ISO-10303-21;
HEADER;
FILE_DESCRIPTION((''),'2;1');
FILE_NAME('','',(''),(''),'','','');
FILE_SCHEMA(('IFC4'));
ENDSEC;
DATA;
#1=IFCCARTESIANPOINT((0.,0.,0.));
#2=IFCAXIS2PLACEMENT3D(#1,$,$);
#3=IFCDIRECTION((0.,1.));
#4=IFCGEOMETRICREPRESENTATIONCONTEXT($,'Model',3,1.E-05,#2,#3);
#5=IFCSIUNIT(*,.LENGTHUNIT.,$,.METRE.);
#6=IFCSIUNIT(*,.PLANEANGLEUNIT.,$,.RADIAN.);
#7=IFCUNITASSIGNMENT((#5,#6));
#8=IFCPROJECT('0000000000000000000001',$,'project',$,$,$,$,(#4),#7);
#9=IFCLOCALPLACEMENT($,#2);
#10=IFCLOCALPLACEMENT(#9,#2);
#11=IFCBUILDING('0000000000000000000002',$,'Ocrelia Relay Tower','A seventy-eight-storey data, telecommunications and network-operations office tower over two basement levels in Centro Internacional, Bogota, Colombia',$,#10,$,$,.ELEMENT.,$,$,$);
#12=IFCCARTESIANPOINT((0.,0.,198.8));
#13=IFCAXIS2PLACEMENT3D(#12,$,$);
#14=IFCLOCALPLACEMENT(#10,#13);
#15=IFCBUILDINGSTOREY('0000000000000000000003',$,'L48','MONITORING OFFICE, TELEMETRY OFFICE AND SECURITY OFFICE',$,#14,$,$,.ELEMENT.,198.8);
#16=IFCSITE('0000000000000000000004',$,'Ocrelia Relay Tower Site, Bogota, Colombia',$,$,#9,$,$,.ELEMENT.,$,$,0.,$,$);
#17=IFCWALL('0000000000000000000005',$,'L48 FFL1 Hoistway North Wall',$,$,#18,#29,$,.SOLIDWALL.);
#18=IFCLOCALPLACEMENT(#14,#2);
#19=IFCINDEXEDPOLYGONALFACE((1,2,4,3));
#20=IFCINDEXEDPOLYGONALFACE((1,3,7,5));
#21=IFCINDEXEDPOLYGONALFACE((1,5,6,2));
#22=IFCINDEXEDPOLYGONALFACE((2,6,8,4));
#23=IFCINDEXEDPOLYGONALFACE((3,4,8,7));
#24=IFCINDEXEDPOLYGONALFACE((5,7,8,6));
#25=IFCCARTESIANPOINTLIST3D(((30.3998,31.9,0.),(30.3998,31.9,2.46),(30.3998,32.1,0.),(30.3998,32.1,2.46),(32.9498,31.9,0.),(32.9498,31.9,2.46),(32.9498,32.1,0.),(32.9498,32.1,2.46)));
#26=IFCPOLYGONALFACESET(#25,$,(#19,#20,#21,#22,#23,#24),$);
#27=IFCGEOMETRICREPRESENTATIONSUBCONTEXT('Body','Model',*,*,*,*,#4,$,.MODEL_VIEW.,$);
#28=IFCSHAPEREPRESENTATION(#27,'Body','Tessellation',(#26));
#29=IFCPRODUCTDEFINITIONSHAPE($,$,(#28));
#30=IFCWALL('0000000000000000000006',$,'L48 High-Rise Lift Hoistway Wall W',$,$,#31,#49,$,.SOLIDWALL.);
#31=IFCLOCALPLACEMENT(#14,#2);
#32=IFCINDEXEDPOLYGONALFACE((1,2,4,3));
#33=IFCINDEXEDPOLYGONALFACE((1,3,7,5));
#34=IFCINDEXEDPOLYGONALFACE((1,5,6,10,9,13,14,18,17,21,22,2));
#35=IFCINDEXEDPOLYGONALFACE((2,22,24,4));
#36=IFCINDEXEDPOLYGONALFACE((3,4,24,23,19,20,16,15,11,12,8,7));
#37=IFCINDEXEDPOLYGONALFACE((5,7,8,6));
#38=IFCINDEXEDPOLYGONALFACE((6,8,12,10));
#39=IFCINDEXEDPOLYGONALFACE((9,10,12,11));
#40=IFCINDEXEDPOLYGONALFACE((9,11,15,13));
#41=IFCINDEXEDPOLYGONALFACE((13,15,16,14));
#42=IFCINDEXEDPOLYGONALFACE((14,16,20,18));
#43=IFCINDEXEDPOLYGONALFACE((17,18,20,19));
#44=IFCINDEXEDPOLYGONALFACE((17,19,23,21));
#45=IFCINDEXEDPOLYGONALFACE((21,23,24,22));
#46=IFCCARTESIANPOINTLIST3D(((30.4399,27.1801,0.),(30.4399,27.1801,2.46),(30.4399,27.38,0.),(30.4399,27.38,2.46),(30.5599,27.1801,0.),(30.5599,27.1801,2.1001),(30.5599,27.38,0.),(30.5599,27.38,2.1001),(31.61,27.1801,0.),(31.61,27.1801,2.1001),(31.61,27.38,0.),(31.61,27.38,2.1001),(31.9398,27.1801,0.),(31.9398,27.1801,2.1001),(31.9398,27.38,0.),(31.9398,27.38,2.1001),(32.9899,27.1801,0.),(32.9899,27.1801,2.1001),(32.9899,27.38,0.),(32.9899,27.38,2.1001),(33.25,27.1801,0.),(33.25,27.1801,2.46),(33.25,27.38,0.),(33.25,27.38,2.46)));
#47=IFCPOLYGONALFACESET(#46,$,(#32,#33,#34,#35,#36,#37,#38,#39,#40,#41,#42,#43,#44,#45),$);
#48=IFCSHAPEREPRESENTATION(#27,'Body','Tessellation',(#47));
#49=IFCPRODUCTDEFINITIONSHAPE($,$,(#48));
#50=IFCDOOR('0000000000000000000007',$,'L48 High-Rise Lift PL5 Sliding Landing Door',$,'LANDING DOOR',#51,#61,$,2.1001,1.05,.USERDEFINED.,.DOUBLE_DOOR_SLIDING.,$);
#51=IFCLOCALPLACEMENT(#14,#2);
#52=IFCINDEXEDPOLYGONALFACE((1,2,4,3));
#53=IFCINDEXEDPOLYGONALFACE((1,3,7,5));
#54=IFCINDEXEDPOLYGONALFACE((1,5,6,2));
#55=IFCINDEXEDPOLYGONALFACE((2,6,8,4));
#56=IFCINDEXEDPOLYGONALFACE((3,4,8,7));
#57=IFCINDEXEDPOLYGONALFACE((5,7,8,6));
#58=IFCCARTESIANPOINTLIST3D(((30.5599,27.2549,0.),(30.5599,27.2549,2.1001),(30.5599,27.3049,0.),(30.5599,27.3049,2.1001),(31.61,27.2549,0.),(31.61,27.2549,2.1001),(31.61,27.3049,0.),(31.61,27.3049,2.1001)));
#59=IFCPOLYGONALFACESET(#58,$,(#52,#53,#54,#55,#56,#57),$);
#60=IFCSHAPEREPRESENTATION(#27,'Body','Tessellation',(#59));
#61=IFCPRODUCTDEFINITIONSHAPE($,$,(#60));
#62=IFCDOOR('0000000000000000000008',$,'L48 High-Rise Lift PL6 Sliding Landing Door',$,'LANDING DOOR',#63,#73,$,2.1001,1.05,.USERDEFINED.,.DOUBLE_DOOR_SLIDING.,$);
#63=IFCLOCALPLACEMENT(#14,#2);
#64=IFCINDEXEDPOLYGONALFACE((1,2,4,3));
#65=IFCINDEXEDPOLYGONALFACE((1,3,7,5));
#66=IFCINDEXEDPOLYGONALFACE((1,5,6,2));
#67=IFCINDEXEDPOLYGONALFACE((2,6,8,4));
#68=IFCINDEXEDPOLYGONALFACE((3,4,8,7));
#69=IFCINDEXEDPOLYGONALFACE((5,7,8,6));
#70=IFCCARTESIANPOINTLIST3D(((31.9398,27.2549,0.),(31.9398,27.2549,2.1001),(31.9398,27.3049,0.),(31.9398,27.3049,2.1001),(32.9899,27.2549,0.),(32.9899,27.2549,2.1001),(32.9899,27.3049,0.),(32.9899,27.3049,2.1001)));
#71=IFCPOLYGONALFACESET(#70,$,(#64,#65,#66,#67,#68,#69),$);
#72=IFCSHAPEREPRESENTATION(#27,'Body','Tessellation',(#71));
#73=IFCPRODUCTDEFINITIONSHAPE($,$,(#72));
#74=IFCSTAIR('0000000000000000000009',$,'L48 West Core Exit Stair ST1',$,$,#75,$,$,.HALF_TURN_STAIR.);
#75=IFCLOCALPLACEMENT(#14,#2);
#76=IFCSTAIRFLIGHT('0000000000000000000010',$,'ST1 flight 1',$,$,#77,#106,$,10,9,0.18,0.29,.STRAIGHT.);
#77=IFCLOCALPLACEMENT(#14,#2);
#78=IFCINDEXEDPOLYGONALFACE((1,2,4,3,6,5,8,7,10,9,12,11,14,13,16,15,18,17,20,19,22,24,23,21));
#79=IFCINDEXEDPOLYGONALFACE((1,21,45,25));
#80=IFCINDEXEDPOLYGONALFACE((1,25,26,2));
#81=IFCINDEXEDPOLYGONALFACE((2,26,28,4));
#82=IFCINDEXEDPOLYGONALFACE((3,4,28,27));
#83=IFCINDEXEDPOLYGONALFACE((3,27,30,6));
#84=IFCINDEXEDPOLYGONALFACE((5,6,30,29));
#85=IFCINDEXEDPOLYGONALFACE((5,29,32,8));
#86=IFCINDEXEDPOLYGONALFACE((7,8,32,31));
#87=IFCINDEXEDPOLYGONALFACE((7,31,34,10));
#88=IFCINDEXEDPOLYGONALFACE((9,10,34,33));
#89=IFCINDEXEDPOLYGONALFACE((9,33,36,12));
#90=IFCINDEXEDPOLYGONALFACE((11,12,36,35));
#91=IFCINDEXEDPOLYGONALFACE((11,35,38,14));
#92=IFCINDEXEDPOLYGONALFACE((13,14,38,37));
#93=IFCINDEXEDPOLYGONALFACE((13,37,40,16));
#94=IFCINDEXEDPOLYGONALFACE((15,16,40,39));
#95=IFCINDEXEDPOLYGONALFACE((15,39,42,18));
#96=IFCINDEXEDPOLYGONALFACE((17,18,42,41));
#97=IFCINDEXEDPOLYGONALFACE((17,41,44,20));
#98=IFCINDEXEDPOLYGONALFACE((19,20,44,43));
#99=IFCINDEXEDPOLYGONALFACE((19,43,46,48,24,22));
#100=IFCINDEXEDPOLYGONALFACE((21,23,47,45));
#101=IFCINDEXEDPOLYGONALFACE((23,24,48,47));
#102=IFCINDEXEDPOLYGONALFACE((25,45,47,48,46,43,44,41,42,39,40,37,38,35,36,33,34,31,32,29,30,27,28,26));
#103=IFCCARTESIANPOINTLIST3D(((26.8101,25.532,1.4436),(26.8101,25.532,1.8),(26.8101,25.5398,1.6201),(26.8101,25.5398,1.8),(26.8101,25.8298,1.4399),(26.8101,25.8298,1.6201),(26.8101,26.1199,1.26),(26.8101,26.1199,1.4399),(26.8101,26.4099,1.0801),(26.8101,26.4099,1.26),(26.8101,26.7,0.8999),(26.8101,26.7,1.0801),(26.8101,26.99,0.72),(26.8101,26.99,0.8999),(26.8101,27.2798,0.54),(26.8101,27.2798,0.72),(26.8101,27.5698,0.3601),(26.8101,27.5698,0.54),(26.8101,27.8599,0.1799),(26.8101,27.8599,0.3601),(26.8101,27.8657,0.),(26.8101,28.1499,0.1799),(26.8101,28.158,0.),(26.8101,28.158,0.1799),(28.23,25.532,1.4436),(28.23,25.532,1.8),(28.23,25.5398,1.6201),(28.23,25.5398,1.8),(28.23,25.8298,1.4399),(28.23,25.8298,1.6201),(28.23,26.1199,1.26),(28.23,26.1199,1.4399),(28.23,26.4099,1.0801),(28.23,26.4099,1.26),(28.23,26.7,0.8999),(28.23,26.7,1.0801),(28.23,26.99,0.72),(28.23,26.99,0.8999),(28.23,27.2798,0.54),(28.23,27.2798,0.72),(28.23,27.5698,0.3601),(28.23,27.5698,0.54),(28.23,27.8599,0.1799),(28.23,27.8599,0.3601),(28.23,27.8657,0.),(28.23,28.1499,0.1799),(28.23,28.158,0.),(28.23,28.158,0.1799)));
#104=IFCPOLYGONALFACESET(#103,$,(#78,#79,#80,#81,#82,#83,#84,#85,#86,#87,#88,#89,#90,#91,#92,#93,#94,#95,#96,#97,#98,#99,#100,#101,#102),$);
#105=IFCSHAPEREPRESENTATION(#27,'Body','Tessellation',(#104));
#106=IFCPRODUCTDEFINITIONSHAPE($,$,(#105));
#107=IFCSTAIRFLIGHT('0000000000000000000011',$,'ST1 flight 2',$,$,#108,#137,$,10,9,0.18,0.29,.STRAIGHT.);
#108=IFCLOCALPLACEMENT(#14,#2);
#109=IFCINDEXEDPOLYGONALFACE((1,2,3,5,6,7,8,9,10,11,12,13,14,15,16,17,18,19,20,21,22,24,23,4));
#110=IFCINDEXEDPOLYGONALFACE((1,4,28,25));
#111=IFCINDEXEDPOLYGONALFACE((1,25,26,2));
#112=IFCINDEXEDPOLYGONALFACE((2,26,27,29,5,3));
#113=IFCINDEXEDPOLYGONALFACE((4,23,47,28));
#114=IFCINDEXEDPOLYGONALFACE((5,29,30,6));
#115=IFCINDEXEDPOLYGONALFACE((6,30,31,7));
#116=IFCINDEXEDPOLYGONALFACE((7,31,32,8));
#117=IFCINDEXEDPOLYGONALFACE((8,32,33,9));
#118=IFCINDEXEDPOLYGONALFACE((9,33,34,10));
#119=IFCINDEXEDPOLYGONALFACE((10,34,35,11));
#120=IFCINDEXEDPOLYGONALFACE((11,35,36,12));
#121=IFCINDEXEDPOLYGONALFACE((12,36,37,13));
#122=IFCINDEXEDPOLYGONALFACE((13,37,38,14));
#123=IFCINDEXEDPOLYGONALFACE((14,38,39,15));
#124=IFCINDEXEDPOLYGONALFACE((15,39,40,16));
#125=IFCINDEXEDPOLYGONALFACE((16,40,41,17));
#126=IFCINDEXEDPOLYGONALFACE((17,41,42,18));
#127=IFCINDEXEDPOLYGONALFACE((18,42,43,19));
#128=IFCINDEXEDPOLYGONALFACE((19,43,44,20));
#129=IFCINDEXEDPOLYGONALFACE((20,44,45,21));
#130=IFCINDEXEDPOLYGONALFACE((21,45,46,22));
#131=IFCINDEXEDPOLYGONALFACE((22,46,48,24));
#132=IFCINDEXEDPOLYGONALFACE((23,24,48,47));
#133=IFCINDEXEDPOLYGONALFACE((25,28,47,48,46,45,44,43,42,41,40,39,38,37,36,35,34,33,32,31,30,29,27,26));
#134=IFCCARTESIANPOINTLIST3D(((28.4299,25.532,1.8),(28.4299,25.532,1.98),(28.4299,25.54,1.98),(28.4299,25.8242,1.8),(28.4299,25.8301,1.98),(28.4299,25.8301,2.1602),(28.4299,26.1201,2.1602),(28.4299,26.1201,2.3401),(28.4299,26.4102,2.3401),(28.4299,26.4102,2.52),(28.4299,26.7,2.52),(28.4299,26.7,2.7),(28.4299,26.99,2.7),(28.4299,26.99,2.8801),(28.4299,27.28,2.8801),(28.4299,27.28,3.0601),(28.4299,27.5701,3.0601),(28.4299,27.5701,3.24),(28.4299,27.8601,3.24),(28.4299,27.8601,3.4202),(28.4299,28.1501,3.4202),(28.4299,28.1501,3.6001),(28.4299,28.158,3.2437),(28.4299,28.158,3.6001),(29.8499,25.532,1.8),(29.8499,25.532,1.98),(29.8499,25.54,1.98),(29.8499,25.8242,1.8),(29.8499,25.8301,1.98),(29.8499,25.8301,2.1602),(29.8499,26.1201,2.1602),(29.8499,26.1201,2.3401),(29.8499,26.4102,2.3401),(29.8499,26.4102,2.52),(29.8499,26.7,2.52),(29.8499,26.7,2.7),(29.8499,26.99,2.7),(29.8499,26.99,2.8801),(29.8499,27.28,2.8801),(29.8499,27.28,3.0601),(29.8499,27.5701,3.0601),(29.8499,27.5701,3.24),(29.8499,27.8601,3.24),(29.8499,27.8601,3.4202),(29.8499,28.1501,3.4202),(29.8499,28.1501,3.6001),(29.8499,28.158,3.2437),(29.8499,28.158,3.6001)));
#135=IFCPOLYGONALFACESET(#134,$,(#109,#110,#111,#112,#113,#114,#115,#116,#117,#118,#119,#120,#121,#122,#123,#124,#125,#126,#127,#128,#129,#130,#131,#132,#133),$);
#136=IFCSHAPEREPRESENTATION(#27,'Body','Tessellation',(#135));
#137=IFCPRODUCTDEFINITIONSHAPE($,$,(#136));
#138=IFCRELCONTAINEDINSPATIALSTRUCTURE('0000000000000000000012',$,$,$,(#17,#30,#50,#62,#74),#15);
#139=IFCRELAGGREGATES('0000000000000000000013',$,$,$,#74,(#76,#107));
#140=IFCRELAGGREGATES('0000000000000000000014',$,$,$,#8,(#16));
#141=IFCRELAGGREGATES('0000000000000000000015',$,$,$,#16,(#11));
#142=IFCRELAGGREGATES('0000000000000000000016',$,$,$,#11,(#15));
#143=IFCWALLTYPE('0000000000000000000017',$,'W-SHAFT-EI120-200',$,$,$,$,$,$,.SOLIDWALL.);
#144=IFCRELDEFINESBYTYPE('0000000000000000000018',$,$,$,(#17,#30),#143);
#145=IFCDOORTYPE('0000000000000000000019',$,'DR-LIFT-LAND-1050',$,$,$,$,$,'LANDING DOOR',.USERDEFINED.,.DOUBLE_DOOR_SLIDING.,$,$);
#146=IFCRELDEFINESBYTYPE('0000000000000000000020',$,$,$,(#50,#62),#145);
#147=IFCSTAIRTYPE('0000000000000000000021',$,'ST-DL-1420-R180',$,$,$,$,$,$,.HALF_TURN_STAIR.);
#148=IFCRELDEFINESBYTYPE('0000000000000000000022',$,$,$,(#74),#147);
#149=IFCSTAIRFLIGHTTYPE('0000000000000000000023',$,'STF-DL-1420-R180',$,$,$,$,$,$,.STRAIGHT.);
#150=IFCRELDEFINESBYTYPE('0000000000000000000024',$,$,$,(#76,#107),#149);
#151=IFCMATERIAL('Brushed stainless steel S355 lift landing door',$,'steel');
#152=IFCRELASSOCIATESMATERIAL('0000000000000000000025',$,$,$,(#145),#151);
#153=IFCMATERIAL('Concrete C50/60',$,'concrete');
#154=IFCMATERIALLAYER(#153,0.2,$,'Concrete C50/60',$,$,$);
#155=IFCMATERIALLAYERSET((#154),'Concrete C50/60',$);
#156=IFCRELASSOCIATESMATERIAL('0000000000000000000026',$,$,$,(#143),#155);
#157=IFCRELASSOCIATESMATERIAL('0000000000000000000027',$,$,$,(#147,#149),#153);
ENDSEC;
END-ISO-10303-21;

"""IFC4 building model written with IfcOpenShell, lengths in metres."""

from ifc_helpers import new_model, si_unit, direction, frame, frame_2d, origin, place, context, subcontext, project, spatial, polyline, rectangle, outline, extrude, material, layer, layer_set, type_object, element, fill, aggregate, save


model = new_model("IFC4")

# Units and contexts
model_context = context("Model", 3, precision=1e-05, world=origin(), true_north=direction((0.0, 1.0)))
body_context = subcontext(model_context, "Body", "Model", "MODEL_VIEW")
ifc_project = project(units=[si_unit("LENGTHUNIT", "METRE"), si_unit("PLANEANGLEUNIT", "RADIAN")], contexts=[model_context])

# Site, building, storey
site_placement = place(None, origin())
site = spatial("IfcSite", under=ifc_project, at=site_placement, Name="Ocrelia Relay Tower Site, Bogota, Colombia", CompositionType="ELEMENT", RefElevation=0.0)
building_placement = place(site_placement, origin())
building = spatial("IfcBuilding", under=site, at=building_placement, Name="Ocrelia Relay Tower", Description="A seventy-eight-storey data, telecommunications and network-operations office tower over two basement levels in Centro Internacional, Bogota, Colombia", CompositionType="ELEMENT")
storey_placement = place(building_placement, frame((0.0, 0.0, 198.8)))
storey = spatial("IfcBuildingStorey", under=building, at=storey_placement, Name="L48", Description="MONITORING OFFICE, TELEMETRY OFFICE AND SECURITY OFFICE", CompositionType="ELEMENT", Elevation=198.8)

# Shared definitions
ifc_material_1 = material(Name="Concrete C50/60", Category="concrete")

# Shared definitions
ifc_material_2 = material(Name="Brushed stainless steel S355 lift landing door", Category="steel")
door_type_1 = type_object("IfcDoorType", Name="DR-LIFT-LAND-1050", ElementType="LANDING DOOR", OperationType="DOUBLE_DOOR_SLIDING", PredefinedType="USERDEFINED", material=ifc_material_2)

# Wall
ifc_layer_1 = layer(ifc_material_1, 0.2, Name="Concrete C50/60")
ifc_layer_set_1 = layer_set([ifc_layer_1], Name="Concrete C50/60")
wall_type_1 = type_object("IfcWallType", Name="W-SHAFT-EI120-200", PredefinedType="SOLIDWALL", material=ifc_layer_set_1)
wall_1_placement = place(storey_placement, frame((30.3999, 32.0, 0.0), z_axis=(0.0, 0.0, 1.0), x_axis=(1.0, 0.0, 0.0)))
element("IfcWall", 1, at=wall_1_placement, inside=storey, type_object=wall_type_1, Name="L48 FFL1 Hoistway North Wall", PredefinedType="SOLIDWALL", context=body_context, shape_type="SweptSolid", body=[
    extrude(rectangle(XDim=2.55, YDim=0.2, at=frame_2d((1.2749, 0.0))), origin(), (0.0, 0.0, 1.0), 2.46),
])

# Wall, openings, doors
wall_2_placement = place(storey_placement, frame((30.4399, 27.28, 0.0), z_axis=(0.0, 0.0, 1.0), x_axis=(1.0, 0.0, 0.0)))
wall_2 = element("IfcWall", 2, at=wall_2_placement, inside=storey, type_object=wall_type_1, Name="L48 High-Rise Lift Hoistway Wall W", PredefinedType="SOLIDWALL", context=body_context, shape_type="SweptSolid", body=[
    extrude(rectangle(XDim=2.8101, YDim=0.2, at=frame_2d((1.405, 0.0))), origin(), (0.0, 0.0, 1.0), 2.46),
])
opening_1_placement = place(wall_2_placement, frame((0.1201, 0.0, 0.0)))
opening_1 = element("IfcOpeningElement", 3, at=opening_1_placement, cuts=wall_2, PredefinedType="OPENING", context=body_context, shape_type="SweptSolid", body=[
    extrude(rectangle(XDim=1.05, YDim=2.1001, at=frame_2d((0.5249, 1.05))), frame((0.0, 0.1099, 0.0), z_axis=(0.0, -1.0, 0.0), x_axis=(1.0, 0.0, 0.0)), (0.0, 0.0, 1.0), 0.22),
])
opening_2_placement = place(wall_2_placement, frame((1.5, 0.0, 0.0)))
opening_2 = element("IfcOpeningElement", 4, at=opening_2_placement, cuts=wall_2, PredefinedType="OPENING", context=body_context, shape_type="SweptSolid", body=[
    extrude(rectangle(XDim=1.05, YDim=2.1001, at=frame_2d((0.5249, 1.05))), frame((0.0, 0.1099, 0.0), z_axis=(0.0, -1.0, 0.0), x_axis=(1.0, 0.0, 0.0)), (0.0, 0.0, 1.0), 0.22),
])
door_1_placement = place(opening_1_placement, origin())
door_1 = element("IfcDoor", 5, at=door_1_placement, inside=storey, type_object=door_type_1, Name="L48 High-Rise Lift PL5 Sliding Landing Door", ObjectType="LANDING DOOR", OperationType="DOUBLE_DOOR_SLIDING", OverallHeight=2.1001, OverallWidth=1.05, PredefinedType="USERDEFINED", context=body_context, shape_type="SweptSolid", body=[
    extrude(rectangle(XDim=1.05, YDim=2.1001, at=frame_2d((0.5249, 1.05))), frame((0.0, 0.0249, 0.0), z_axis=(0.0, -1.0, 0.0), x_axis=(1.0, 0.0, 0.0)), (0.0, 0.0, 1.0), 0.05),
])
fill(opening_1, door_1)
door_2_placement = place(opening_2_placement, origin())
door_2 = element("IfcDoor", 6, at=door_2_placement, inside=storey, type_object=door_type_1, Name="L48 High-Rise Lift PL6 Sliding Landing Door", ObjectType="LANDING DOOR", OperationType="DOUBLE_DOOR_SLIDING", OverallHeight=2.1001, OverallWidth=1.05, PredefinedType="USERDEFINED", context=body_context, shape_type="SweptSolid", body=[
    extrude(rectangle(XDim=1.05, YDim=2.1001, at=frame_2d((0.5249, 1.05))), frame((0.0, 0.0249, 0.0), z_axis=(0.0, -1.0, 0.0), x_axis=(1.0, 0.0, 0.0)), (0.0, 0.0, 1.0), 0.05),
])
fill(opening_2, door_2)

# Stair, stair flights
stair_type = type_object("IfcStairType", Name="ST-DL-1420-R180", PredefinedType="HALF_TURN_STAIR", material=ifc_material_1)
stair_placement = place(storey_placement, origin())
stair = element("IfcStair", 7, at=stair_placement, inside=storey, type_object=stair_type, Name="L48 West Core Exit Stair ST1", PredefinedType="HALF_TURN_STAIR")
stair_flight_type = type_object("IfcStairFlightType", Name="STF-DL-1420-R180", PredefinedType="STRAIGHT", material=ifc_material_1)
stair_flight_1_placement = place(storey_placement, frame((27.52, 28.1499, 0.0), z_axis=(0.0, 0.0, 1.0), x_axis=(0.0, -1.0, 0.0)))
stair_flight_1 = element("IfcStairFlight", 8, at=stair_flight_1_placement, type_object=stair_flight_type, Name="ST1 flight 1", NumberOfRisers=10, NumberOfTreads=9, PredefinedType="STRAIGHT", RiserHeight=0.18, TreadLength=0.29, context=body_context, shape_type="SweptSolid", body=[
    extrude(outline(polyline([(-0.0081, 0.0), (-0.0081, 0.1799), (0.0, 0.1799), (0.29, 0.1799), (0.29, 0.3601), (0.5801, 0.3601), (0.5801, 0.54), (0.8701, 0.54), (0.8701, 0.72), (1.1599, 0.72), (1.1599, 0.8999), (1.45, 0.8999), (1.45, 1.0801), (1.74, 1.0801), (1.74, 1.26), (2.03, 1.26), (2.03, 1.4399), (2.3201, 1.4399), (2.3201, 1.6201), (2.6101, 1.6201), (2.6101, 1.8), (2.6179, 1.8), (2.6179, 1.4436), (0.2842, 0.0), (-0.0081, 0.0)])), frame((0.0, 0.71, 0.0), z_axis=(0.0, -1.0, 0.0), x_axis=(1.0, 0.0, 0.0)), (0.0, 0.0, 1.0), 1.4199),
])
stair_flight_2_placement = place(storey_placement, frame((29.1399, 25.54, 1.8), z_axis=(0.0, 0.0, 1.0), x_axis=(0.0, 1.0, 0.0)))
stair_flight_2 = element("IfcStairFlight", 9, at=stair_flight_2_placement, type_object=stair_flight_type, Name="ST1 flight 2", NumberOfRisers=10, NumberOfTreads=9, PredefinedType="STRAIGHT", RiserHeight=0.18, TreadLength=0.29, context=body_context, shape_type="SweptSolid", body=[
    extrude(outline(polyline([(-0.0081, 0.0), (-0.0081, 0.1799), (0.0, 0.1799), (0.29, 0.1799), (0.29, 0.3601), (0.5801, 0.3601), (0.5801, 0.54), (0.8701, 0.54), (0.8701, 0.72), (1.1599, 0.72), (1.1599, 0.8999), (1.45, 0.8999), (1.45, 1.0801), (1.74, 1.0801), (1.74, 1.26), (2.03, 1.26), (2.03, 1.4399), (2.3201, 1.4399), (2.3201, 1.6201), (2.6101, 1.6201), (2.6101, 1.8), (2.6179, 1.8), (2.6179, 1.4436), (0.2842, 0.0), (-0.0081, 0.0)])), frame((0.0, 0.71, 0.0), z_axis=(0.0, -1.0, 0.0), x_axis=(1.0, 0.0, 0.0)), (0.0, 0.0, 1.0), 1.4199),
])
aggregate(stair, [stair_flight_1, stair_flight_2])

save(model, "model.ifc")
